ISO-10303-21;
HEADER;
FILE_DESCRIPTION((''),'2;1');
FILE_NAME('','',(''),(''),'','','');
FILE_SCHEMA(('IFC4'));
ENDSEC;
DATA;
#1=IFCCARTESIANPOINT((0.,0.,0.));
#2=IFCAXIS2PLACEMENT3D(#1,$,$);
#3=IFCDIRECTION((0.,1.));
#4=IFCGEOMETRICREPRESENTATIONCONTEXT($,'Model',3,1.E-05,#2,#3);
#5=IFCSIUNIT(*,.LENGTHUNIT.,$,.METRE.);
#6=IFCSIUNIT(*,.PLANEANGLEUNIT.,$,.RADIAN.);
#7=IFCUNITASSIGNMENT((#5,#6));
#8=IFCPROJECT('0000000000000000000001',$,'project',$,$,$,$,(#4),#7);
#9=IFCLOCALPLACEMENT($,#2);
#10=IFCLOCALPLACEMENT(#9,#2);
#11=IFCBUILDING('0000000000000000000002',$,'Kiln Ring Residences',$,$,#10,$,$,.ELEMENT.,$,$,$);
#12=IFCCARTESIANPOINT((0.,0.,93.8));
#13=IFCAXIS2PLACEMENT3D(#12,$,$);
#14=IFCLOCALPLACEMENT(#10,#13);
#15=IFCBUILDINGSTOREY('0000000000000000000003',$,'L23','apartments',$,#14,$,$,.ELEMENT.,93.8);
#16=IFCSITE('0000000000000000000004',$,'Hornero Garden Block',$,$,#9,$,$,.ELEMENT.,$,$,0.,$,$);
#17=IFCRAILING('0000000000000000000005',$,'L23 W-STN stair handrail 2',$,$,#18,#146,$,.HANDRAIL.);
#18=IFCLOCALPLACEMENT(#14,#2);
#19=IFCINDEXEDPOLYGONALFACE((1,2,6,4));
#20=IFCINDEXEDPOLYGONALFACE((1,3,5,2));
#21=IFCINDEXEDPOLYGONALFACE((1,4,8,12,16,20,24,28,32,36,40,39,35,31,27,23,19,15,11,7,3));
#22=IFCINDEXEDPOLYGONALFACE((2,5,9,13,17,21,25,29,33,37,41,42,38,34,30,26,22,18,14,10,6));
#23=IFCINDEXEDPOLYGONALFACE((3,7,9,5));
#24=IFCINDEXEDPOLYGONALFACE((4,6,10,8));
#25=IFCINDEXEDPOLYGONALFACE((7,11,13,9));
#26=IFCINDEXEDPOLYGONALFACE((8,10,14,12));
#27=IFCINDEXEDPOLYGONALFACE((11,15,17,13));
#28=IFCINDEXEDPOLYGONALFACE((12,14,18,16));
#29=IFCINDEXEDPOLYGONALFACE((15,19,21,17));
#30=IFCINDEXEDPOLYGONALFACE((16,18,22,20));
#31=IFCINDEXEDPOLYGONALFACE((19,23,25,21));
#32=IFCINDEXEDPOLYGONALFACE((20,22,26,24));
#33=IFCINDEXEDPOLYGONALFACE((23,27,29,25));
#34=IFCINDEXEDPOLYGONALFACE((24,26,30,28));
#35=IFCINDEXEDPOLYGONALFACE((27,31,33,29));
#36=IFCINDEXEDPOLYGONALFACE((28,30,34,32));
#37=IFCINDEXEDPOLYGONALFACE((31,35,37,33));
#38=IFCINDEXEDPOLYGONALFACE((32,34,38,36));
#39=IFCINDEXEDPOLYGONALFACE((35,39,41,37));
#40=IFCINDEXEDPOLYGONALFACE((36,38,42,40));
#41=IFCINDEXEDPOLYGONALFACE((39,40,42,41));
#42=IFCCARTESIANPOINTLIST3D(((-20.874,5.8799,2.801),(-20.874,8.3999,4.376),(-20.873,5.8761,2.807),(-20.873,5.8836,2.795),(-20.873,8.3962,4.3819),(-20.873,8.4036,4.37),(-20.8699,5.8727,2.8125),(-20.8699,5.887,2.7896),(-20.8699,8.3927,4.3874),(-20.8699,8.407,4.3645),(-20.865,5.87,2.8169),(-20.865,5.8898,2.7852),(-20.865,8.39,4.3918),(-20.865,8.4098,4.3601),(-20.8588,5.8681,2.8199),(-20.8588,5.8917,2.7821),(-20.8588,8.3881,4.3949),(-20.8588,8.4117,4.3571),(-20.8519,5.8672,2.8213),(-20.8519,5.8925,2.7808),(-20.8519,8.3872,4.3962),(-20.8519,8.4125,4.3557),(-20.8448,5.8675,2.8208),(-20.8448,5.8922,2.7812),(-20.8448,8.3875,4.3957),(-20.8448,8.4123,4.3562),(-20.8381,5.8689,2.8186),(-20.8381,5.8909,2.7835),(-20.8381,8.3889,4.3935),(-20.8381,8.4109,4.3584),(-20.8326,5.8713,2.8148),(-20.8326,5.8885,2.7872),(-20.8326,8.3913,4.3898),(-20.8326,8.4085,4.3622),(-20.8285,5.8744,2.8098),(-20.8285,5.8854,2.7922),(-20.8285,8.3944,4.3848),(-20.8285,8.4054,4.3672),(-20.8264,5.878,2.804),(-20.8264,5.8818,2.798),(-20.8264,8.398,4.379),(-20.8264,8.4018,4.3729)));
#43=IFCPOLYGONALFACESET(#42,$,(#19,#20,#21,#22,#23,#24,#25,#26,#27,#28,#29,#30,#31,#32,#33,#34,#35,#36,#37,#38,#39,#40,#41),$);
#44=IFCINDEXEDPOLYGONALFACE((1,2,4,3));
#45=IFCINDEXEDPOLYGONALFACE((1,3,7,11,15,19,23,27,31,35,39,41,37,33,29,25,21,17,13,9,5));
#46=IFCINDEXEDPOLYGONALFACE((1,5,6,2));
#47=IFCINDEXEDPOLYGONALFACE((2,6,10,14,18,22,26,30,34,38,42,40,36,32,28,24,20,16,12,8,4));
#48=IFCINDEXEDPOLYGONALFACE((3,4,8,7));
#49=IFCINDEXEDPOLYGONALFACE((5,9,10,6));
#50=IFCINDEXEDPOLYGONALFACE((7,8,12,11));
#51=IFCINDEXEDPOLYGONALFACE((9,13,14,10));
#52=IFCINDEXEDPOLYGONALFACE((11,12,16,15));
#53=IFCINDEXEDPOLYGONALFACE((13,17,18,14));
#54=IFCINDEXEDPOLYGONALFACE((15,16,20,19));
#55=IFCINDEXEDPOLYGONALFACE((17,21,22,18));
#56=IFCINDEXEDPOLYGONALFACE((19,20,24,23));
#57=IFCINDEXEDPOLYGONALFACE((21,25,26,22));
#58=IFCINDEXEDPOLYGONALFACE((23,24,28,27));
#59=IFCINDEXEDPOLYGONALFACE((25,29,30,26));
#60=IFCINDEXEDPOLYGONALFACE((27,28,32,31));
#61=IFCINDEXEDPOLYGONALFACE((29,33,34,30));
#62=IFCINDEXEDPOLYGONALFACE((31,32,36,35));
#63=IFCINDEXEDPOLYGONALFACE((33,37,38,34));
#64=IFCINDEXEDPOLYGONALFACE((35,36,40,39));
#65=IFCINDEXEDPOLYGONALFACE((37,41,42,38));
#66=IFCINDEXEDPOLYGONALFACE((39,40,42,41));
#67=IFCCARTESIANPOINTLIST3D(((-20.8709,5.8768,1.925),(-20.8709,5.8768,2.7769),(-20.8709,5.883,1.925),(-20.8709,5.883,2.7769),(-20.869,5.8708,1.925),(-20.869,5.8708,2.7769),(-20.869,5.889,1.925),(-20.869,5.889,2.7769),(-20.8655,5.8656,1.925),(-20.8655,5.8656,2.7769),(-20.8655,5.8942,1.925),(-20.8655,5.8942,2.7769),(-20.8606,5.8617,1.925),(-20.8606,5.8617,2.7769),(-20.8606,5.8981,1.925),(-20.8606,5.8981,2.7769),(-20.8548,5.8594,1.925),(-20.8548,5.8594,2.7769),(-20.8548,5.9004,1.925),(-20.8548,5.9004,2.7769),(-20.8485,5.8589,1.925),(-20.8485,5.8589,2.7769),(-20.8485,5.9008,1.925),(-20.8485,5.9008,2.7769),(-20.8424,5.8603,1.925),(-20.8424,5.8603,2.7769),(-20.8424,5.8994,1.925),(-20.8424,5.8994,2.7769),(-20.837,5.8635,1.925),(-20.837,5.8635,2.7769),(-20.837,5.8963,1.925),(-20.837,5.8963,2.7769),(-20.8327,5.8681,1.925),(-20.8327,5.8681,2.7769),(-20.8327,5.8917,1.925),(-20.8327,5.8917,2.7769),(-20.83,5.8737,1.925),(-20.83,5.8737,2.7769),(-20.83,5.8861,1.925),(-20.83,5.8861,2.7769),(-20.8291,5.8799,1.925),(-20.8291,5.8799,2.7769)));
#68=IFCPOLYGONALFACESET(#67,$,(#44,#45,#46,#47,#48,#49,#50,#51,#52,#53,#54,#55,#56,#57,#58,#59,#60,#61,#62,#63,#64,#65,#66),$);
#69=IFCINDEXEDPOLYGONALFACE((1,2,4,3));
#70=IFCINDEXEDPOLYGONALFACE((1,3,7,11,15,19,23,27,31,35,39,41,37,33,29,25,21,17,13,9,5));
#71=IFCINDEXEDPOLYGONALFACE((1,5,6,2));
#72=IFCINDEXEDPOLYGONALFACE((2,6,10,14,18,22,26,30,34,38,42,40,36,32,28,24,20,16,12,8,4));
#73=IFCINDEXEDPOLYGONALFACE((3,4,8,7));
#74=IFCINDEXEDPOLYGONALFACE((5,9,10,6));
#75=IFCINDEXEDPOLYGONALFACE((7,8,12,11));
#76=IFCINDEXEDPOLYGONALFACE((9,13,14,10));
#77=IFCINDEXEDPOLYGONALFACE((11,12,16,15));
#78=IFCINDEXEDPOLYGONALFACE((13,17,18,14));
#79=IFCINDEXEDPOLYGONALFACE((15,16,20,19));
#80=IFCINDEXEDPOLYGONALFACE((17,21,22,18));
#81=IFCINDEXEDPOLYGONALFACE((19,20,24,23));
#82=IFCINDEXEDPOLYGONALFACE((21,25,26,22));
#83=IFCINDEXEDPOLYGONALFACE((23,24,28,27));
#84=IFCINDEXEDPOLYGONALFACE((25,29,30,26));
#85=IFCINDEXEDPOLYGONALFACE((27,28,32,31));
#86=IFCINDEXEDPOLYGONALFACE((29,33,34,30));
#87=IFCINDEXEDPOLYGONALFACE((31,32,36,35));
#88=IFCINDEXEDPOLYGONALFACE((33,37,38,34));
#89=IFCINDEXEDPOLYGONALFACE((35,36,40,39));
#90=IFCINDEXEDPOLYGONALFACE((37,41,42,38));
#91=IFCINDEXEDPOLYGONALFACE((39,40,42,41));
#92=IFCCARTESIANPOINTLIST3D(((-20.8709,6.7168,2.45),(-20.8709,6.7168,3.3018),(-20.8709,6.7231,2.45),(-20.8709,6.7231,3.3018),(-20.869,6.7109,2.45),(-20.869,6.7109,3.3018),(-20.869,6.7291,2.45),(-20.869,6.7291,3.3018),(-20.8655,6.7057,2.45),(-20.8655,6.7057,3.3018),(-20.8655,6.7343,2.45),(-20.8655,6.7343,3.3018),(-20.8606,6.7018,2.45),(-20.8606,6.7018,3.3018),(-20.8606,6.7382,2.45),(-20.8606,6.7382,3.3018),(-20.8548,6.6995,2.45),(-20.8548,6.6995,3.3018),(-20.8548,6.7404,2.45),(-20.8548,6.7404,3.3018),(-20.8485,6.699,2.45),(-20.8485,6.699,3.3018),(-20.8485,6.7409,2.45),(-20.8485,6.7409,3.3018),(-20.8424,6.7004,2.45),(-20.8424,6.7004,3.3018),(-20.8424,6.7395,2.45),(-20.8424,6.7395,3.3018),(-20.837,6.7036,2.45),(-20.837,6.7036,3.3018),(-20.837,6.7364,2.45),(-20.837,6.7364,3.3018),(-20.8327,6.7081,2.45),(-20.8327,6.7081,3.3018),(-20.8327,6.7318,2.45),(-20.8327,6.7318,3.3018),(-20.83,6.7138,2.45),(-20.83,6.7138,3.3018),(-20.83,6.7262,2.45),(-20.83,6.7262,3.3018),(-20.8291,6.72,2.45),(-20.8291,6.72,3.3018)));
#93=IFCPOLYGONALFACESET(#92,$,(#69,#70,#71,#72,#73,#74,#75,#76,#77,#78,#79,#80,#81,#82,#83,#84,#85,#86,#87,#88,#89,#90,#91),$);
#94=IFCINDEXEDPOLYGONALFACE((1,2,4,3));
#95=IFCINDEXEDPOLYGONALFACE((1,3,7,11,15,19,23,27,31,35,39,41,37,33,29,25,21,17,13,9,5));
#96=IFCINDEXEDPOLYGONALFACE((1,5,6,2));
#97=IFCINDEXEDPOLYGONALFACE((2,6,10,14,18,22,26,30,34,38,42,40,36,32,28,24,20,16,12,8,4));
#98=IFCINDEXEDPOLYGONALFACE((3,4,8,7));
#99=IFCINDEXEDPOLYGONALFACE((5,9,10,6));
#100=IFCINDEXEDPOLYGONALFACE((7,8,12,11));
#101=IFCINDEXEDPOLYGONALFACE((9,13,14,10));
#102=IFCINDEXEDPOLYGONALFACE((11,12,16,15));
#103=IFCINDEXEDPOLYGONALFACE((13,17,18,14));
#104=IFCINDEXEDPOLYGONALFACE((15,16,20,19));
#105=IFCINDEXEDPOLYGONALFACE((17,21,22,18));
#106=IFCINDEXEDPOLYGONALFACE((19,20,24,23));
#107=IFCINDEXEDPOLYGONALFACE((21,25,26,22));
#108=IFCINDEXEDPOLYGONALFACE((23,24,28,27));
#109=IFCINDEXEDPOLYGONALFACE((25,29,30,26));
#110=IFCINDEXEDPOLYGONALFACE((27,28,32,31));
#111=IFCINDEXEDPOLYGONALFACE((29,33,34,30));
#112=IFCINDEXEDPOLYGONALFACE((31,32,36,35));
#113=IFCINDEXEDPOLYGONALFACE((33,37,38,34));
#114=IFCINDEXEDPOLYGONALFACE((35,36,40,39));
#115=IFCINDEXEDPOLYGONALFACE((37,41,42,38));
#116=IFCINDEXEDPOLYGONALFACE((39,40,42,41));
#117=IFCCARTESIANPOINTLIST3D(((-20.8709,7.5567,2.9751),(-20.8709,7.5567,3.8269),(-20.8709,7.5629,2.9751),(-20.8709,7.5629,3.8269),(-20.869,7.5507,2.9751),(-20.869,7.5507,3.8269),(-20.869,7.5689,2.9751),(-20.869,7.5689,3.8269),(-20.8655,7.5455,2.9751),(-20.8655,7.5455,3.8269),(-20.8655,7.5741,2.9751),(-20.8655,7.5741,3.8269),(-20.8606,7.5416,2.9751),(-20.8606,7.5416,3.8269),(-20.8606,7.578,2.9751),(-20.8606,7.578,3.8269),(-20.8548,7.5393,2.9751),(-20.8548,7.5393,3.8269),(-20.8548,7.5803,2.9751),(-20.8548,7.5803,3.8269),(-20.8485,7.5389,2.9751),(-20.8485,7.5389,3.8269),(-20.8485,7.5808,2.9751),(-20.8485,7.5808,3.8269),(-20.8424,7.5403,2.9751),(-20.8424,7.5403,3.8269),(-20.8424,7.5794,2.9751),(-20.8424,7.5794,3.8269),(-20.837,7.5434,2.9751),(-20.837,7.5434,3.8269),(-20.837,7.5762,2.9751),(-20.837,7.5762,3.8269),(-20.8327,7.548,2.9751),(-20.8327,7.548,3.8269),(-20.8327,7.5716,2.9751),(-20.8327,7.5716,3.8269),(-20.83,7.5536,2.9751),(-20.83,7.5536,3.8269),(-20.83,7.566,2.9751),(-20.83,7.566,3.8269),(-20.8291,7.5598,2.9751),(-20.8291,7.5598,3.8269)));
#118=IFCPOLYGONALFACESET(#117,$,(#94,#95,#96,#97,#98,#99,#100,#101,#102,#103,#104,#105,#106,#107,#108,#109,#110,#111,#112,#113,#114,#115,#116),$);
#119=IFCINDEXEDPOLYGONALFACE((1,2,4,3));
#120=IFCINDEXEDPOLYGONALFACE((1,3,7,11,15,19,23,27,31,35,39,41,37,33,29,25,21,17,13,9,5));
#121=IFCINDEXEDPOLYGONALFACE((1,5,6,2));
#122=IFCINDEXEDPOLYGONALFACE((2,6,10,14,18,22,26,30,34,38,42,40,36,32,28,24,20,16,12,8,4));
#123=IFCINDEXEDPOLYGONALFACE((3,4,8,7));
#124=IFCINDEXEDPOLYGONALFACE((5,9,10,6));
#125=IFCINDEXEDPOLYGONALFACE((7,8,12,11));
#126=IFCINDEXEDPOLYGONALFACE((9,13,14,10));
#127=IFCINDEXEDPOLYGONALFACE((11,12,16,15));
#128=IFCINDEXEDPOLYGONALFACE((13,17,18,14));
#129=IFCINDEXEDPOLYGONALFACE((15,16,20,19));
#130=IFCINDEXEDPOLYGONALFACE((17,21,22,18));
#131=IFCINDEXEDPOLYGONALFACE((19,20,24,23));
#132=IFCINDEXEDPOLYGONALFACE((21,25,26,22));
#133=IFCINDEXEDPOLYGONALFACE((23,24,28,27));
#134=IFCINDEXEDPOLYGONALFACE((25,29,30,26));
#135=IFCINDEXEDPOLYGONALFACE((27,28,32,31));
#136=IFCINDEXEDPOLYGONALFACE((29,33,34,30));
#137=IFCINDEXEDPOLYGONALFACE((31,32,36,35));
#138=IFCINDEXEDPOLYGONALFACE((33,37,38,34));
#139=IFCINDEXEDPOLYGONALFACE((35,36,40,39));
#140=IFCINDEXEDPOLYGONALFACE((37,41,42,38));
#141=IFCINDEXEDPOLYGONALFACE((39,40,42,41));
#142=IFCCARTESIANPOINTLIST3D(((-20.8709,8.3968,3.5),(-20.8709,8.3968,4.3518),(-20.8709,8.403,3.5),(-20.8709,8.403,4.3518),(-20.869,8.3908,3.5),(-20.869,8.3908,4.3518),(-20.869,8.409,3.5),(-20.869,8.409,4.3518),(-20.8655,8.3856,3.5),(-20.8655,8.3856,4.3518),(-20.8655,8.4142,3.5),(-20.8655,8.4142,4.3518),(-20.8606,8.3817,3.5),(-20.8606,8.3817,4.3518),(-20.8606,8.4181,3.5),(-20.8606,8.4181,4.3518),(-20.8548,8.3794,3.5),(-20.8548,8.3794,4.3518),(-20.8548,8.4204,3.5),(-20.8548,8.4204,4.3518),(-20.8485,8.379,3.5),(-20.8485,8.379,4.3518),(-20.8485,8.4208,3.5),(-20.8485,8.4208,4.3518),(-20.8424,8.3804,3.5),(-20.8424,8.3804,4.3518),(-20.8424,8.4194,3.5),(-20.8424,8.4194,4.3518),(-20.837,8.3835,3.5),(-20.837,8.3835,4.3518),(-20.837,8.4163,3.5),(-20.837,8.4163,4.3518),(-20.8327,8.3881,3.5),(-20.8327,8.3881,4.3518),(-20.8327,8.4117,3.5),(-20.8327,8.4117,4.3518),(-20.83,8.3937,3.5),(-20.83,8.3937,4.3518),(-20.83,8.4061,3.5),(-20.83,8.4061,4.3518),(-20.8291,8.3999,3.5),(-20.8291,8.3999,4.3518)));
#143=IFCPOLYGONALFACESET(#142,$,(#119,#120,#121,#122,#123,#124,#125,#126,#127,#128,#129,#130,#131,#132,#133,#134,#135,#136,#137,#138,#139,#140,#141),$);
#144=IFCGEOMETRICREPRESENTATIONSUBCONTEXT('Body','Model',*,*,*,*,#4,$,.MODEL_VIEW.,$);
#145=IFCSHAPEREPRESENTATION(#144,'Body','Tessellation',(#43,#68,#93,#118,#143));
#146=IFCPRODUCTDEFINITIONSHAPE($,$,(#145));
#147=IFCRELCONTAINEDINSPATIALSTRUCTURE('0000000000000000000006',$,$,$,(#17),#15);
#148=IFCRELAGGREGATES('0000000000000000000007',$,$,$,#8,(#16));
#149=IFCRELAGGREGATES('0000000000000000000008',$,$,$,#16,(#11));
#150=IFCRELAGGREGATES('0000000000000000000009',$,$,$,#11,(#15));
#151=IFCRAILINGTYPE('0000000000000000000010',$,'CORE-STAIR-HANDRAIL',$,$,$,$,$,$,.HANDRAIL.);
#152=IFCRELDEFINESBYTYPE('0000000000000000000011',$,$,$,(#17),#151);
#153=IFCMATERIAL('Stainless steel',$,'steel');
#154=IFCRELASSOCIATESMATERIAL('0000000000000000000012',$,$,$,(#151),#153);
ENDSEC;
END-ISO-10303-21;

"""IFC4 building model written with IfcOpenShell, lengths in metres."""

from ifc_helpers import new_model, si_unit, direction, frame, origin, origin_2d, place, context, subcontext, project, spatial, circle, extrude, material, type_object, element, save


model = new_model("IFC4")

# Units and contexts
model_context = context("Model", 3, precision=1e-05, world=origin(), true_north=direction((0.0, 1.0)))
body_context = subcontext(model_context, "Body", "Model", "MODEL_VIEW")
ifc_project = project(units=[si_unit("LENGTHUNIT", "METRE"), si_unit("PLANEANGLEUNIT", "RADIAN")], contexts=[model_context])

# Site, building, storey
site_placement = place(None, origin())
site = spatial("IfcSite", under=ifc_project, at=site_placement, Name="Hornero Garden Block", CompositionType="ELEMENT", RefElevation=0.0)
building_placement = place(site_placement, origin())
building = spatial("IfcBuilding", under=site, at=building_placement, Name="Kiln Ring Residences", CompositionType="ELEMENT")
storey_placement = place(building_placement, frame((0.0, 0.0, 93.8)))
storey = spatial("IfcBuildingStorey", under=building, at=storey_placement, Name="L23", Description="apartments", CompositionType="ELEMENT", Elevation=93.8)

# Railing
ifc_material_1 = material(Name="Stainless steel", Category="steel")
railing_type_1 = type_object("IfcRailingType", Name="CORE-STAIR-HANDRAIL", PredefinedType="HANDRAIL", material=ifc_material_1)
railing_1_placement = place(storey_placement, frame((-20.8501, 5.8799, 1.925)))
element("IfcRailing", 1, at=railing_1_placement, inside=storey, type_object=railing_type_1, Name="L23 W-STN stair handrail 2", PredefinedType="HANDRAIL", context=body_context, shape_type="SweptSolid", body=[
    extrude(circle(Radius=0.0239, at=origin_2d()), frame((0.0, 0.0, 0.876), z_axis=(0.0, 0.848008, 0.529984), x_axis=(-1.0, 0.0, 0.0)), (0.0, 0.0, 1.0), 2.9717),
    extrude(circle(Radius=0.021, at=origin_2d()), origin(), (0.0, 0.0, 1.0), 0.8518),
    extrude(circle(Radius=0.021, at=origin_2d()), frame((0.0, 0.8401, 0.5249)), (0.0, 0.0, 1.0), 0.8518),
    extrude(circle(Radius=0.021, at=origin_2d()), frame((0.0, 1.6799, 1.05)), (0.0, 0.0, 1.0), 0.8518),
    extrude(circle(Radius=0.021, at=origin_2d()), frame((0.0, 2.52, 1.575)), (0.0, 0.0, 1.0), 0.8518),
])

save(model, "model.ifc")
